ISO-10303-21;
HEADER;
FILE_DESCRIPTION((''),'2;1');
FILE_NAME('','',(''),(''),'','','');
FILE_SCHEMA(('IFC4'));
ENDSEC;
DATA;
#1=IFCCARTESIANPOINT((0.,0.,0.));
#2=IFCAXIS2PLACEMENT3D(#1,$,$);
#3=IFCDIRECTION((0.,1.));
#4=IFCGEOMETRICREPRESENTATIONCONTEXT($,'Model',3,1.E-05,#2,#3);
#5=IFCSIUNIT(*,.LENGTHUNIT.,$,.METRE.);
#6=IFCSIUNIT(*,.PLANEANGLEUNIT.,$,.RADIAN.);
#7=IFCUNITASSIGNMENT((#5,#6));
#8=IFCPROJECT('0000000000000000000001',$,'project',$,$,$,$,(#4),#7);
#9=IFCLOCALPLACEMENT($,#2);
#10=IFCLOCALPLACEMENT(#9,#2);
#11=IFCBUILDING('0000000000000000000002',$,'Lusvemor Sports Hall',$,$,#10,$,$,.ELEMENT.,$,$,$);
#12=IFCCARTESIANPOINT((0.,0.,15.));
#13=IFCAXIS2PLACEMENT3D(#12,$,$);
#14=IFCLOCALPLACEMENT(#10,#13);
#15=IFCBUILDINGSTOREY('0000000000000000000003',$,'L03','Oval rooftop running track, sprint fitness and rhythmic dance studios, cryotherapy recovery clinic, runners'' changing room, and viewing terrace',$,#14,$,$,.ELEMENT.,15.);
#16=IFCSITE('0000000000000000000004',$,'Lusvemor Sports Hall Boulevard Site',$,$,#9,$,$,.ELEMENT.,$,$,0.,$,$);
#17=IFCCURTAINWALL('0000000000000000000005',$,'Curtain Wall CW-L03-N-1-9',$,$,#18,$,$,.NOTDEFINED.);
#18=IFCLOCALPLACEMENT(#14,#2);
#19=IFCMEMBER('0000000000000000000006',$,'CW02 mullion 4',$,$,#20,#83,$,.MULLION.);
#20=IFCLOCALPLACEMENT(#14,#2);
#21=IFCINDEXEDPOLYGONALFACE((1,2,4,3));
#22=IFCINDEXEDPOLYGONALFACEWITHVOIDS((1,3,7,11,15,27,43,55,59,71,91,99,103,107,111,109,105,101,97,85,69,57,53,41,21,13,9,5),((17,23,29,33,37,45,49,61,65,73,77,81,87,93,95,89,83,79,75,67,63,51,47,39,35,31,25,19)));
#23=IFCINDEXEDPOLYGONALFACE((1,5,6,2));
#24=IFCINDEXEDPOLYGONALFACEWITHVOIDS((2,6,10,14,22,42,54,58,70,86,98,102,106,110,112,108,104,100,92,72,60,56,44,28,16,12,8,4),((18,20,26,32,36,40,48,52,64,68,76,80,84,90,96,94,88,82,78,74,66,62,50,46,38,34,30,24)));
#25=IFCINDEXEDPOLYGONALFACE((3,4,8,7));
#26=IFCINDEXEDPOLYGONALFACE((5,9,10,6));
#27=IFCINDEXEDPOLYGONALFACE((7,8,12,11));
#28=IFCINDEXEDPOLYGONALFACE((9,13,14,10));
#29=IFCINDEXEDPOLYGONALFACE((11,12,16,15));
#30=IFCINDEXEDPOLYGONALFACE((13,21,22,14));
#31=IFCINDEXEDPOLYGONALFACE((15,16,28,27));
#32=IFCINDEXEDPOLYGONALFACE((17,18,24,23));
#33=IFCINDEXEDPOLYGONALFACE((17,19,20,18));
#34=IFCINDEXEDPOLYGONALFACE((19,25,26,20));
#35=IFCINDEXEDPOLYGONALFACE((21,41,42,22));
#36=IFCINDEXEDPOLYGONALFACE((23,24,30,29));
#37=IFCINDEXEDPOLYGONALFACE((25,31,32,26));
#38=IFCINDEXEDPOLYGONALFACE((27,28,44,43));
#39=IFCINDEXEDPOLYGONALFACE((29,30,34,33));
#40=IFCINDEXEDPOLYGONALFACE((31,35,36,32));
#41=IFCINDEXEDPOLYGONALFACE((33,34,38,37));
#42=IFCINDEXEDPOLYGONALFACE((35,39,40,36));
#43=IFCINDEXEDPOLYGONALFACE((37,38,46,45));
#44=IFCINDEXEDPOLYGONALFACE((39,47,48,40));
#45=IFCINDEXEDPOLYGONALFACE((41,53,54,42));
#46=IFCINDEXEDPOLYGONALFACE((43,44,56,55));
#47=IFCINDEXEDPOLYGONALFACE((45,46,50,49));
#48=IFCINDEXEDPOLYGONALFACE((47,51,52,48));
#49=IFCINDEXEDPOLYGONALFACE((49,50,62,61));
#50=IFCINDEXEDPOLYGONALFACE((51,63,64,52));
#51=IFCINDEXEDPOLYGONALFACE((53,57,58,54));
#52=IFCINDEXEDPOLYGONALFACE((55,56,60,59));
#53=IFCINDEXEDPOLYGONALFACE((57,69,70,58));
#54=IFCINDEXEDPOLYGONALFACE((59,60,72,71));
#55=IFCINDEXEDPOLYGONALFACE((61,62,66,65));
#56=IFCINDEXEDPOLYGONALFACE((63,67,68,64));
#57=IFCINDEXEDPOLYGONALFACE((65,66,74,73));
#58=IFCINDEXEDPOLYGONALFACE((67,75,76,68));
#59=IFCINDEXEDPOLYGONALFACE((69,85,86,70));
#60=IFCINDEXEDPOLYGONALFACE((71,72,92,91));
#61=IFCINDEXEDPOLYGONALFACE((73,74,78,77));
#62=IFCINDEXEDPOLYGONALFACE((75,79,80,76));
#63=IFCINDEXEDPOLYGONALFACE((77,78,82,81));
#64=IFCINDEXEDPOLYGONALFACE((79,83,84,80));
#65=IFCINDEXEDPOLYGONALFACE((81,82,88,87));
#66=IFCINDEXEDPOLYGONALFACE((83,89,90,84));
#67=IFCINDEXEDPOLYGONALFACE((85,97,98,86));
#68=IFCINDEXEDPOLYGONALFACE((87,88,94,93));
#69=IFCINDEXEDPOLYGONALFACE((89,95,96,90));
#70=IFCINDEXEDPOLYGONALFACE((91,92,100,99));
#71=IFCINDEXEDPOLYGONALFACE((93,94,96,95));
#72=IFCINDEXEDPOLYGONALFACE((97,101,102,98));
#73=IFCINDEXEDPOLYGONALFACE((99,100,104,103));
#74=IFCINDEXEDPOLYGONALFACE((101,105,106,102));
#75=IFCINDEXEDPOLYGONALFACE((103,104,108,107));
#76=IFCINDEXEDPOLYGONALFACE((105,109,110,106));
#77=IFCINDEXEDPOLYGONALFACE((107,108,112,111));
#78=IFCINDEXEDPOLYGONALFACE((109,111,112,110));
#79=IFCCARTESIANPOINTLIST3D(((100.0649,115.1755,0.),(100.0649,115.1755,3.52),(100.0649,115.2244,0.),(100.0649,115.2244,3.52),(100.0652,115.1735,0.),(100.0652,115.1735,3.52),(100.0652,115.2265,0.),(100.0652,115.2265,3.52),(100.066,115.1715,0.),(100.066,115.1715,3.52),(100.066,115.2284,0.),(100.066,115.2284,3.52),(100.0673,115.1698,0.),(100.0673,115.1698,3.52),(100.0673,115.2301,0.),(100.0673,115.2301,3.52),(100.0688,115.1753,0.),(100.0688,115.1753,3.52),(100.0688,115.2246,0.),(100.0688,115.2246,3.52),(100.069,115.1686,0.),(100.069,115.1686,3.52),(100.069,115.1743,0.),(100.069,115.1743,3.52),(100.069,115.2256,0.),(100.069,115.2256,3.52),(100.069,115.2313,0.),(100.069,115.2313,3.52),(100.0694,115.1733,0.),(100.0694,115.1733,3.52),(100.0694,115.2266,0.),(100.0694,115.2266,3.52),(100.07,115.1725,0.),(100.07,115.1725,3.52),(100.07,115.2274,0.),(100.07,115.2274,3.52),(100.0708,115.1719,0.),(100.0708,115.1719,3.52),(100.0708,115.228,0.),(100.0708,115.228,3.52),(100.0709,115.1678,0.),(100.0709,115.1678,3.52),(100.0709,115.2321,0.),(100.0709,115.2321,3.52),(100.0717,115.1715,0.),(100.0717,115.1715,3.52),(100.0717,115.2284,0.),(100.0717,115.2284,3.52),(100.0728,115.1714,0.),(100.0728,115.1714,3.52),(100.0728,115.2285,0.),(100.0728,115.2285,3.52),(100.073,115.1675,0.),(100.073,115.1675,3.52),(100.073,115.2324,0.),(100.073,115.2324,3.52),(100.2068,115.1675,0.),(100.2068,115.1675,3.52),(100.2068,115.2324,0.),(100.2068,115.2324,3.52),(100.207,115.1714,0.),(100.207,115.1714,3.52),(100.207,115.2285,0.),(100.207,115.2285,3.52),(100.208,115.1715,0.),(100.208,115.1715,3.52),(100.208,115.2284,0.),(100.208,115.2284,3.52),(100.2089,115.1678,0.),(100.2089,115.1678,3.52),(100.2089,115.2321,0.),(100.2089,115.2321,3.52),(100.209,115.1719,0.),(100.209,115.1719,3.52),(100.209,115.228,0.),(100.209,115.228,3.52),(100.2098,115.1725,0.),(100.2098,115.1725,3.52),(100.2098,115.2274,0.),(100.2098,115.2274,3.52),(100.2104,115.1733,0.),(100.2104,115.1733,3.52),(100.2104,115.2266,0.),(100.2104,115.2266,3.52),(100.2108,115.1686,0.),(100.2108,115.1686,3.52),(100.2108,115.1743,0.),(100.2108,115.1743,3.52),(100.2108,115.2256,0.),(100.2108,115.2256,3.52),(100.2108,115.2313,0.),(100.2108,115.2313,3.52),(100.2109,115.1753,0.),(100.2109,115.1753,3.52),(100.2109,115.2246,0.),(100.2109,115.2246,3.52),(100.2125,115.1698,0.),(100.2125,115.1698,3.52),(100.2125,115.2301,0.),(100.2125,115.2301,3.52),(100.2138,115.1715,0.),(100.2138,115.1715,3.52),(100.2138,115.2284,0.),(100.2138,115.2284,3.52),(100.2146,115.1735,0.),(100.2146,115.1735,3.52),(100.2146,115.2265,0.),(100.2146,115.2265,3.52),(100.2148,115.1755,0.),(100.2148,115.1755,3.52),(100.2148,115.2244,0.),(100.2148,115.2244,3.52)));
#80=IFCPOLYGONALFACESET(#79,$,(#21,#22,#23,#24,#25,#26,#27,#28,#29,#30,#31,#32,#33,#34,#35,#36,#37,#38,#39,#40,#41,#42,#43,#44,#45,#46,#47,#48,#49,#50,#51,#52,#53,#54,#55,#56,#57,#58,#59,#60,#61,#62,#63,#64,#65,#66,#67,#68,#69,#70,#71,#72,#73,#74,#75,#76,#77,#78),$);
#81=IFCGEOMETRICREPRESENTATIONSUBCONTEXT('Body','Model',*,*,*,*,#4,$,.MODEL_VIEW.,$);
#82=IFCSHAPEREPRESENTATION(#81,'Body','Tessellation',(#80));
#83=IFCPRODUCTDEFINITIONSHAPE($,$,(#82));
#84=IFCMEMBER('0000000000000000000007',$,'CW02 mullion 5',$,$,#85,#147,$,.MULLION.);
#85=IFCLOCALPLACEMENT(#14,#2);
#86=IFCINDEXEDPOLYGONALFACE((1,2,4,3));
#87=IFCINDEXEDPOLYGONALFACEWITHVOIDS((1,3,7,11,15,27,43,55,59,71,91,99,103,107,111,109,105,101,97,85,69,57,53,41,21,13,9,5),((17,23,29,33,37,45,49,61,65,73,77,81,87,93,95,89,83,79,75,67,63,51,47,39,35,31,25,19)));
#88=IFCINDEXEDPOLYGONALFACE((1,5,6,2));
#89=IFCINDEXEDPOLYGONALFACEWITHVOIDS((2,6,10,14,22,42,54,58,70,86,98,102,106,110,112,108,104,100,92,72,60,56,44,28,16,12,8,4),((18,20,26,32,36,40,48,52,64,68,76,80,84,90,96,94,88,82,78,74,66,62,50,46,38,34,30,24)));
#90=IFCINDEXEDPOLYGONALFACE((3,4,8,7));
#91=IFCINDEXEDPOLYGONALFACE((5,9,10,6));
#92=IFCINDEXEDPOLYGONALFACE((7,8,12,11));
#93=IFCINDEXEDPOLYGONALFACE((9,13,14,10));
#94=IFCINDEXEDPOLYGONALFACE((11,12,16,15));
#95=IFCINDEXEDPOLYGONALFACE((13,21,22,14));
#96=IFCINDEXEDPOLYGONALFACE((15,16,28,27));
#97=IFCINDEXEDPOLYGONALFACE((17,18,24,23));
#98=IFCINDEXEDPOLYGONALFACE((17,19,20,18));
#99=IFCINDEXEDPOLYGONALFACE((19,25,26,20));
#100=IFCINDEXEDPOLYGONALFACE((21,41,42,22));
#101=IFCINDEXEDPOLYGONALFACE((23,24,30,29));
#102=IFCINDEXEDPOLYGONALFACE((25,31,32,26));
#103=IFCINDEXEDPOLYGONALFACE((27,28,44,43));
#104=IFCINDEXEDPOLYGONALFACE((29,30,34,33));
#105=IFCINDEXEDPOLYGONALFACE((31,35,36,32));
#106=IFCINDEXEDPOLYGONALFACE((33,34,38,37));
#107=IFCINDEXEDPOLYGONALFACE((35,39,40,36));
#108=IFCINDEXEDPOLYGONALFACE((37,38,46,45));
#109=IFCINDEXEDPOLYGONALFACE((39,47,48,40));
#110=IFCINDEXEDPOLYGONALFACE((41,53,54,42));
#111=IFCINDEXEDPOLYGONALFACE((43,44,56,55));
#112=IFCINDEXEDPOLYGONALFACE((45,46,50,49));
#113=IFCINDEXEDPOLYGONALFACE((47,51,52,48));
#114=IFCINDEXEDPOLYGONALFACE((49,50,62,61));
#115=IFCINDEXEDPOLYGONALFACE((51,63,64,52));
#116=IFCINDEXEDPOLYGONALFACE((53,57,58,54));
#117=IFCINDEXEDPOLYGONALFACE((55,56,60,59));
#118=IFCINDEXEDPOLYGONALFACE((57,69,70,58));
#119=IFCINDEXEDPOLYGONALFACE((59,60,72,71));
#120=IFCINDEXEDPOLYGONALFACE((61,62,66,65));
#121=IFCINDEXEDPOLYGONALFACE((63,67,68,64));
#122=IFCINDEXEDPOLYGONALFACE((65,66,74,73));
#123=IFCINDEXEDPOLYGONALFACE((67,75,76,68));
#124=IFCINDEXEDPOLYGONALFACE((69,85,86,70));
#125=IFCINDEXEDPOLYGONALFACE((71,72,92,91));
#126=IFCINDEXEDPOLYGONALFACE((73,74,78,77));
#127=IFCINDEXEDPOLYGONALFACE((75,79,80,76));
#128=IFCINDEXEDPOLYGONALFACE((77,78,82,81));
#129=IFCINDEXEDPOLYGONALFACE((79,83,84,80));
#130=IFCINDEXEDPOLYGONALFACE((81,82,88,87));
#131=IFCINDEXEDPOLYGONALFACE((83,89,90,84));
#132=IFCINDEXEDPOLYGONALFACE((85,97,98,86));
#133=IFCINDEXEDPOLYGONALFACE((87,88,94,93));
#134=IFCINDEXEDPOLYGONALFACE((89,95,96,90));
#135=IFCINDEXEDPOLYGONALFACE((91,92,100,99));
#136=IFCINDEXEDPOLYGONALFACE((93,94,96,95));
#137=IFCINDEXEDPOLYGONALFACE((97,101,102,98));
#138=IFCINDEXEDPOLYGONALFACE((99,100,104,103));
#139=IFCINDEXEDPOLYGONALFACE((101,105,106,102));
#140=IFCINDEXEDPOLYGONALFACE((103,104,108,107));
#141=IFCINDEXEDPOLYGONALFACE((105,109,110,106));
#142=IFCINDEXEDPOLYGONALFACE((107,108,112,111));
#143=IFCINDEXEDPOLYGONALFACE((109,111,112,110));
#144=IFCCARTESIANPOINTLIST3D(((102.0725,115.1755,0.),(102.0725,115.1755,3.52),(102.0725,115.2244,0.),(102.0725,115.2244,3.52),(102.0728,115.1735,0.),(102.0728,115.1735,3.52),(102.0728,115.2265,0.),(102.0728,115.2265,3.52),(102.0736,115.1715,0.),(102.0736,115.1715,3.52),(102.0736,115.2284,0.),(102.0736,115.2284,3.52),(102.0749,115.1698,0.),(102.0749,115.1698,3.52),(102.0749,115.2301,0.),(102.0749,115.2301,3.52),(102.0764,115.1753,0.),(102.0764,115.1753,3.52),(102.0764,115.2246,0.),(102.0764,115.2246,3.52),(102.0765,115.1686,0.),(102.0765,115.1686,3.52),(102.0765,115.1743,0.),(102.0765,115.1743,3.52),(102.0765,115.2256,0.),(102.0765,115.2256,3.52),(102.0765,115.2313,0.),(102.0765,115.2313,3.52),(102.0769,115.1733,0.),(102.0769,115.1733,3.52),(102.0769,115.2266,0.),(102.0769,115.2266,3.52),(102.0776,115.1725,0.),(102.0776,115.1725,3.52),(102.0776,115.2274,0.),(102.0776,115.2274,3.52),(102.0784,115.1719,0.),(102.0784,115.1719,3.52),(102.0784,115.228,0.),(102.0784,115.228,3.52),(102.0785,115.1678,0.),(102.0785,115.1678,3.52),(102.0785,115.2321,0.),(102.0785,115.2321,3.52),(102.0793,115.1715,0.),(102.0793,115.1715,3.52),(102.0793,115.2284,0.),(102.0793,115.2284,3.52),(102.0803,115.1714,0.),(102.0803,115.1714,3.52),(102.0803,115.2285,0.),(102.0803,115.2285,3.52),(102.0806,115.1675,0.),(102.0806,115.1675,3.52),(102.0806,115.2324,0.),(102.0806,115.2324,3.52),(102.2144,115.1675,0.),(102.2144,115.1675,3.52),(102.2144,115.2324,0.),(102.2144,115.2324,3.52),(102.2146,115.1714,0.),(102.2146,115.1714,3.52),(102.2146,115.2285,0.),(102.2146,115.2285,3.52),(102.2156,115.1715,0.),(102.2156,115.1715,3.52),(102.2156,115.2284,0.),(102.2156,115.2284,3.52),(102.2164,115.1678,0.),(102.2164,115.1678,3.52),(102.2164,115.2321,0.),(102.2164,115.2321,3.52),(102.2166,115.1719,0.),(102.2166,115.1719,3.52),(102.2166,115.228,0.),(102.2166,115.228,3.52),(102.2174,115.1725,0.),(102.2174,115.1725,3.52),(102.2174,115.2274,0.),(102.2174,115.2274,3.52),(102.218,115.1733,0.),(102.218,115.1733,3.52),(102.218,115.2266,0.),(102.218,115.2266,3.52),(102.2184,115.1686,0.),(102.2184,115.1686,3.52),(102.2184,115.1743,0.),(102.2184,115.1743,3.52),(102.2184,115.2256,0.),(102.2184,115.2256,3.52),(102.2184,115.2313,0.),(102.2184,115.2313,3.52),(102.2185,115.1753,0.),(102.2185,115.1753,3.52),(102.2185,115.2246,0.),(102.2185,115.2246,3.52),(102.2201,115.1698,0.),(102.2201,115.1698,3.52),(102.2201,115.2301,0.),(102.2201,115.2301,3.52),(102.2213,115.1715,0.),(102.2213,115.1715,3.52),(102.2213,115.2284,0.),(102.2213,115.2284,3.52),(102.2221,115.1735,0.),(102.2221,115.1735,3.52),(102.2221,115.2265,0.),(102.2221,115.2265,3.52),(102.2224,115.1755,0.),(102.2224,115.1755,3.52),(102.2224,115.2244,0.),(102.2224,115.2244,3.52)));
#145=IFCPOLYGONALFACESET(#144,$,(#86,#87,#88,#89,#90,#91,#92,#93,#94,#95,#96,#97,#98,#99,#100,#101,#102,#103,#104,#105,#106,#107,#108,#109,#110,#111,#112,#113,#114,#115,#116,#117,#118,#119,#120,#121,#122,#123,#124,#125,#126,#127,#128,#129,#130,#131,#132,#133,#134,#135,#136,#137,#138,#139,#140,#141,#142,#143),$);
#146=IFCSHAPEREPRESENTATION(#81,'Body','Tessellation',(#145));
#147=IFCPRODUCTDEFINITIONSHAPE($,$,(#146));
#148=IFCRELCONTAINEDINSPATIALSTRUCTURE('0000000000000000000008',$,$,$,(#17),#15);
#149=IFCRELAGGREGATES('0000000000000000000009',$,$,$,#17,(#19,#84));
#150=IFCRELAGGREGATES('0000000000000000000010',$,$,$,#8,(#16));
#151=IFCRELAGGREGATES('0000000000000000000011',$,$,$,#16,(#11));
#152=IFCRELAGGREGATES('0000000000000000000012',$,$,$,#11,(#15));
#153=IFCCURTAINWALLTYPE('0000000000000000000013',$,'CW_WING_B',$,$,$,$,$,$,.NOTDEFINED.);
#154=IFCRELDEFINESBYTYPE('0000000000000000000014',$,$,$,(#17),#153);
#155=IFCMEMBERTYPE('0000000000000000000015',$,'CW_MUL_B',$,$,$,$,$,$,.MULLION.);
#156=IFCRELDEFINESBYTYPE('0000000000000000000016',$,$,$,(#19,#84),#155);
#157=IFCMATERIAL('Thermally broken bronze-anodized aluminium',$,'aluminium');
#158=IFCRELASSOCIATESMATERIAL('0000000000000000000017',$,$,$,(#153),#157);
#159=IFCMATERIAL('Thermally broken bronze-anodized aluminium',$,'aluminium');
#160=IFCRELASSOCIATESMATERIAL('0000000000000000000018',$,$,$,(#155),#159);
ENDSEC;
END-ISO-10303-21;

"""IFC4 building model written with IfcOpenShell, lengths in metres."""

from ifc_helpers import new_model, si_unit, direction, frame, origin, origin_2d, place, context, subcontext, project, spatial, hollow_rectangle, extrude, material, material_profile, profile_set, type_object, element, aggregate, save


model = new_model("IFC4")

# Units and contexts
model_context = context("Model", 3, precision=1e-05, world=origin(), true_north=direction((0.0, 1.0)))
body_context = subcontext(model_context, "Body", "Model", "MODEL_VIEW")
ifc_project = project(units=[si_unit("LENGTHUNIT", "METRE"), si_unit("PLANEANGLEUNIT", "RADIAN")], contexts=[model_context])

# Site, building, storey
site_placement = place(None, origin())
site = spatial("IfcSite", under=ifc_project, at=site_placement, Name="Lusvemor Sports Hall Boulevard Site", CompositionType="ELEMENT", RefElevation=0.0)
building_placement = place(site_placement, origin())
building = spatial("IfcBuilding", under=site, at=building_placement, Name="Lusvemor Sports Hall", CompositionType="ELEMENT")
storey_placement = place(building_placement, frame((0.0, 0.0, 15.0)))
storey = spatial("IfcBuildingStorey", under=building, at=storey_placement, Name="L03", Description="Oval rooftop running track, sprint fitness and rhythmic dance studios, cryotherapy recovery clinic, runners' changing room, and viewing terrace", CompositionType="ELEMENT", Elevation=15.0)

# Curtain wall, members
ifc_material_1 = material(Name="Thermally broken bronze-anodized aluminium", Category="aluminium")
curtain_wall_type = type_object("IfcCurtainWallType", Name="CW_WING_B", PredefinedType="NOTDEFINED", material=ifc_material_1)
curtain_wall_placement = place(storey_placement, origin())
curtain_wall = element("IfcCurtainWall", 1, at=curtain_wall_placement, inside=storey, type_object=curtain_wall_type, Name="Curtain Wall CW-L03-N-1-9", PredefinedType="NOTDEFINED")
ifc_material_2 = material(Name="Thermally broken bronze-anodized aluminium", Category="aluminium")
ifc_material_profile_1 = material_profile(ifc_material_2, hollow_rectangle(XDim=0.0649, YDim=0.1499, WallThickness=0.0039, InnerFilletRadius=0.0039, OuterFilletRadius=0.0081, at=origin_2d()), Name="CWMUL150x65x4")
ifc_profile_set_1 = profile_set([ifc_material_profile_1], Name="Thermally broken bronze-anodized aluminium")
member_type_1 = type_object("IfcMemberType", Name="CW_MUL_B", PredefinedType="MULLION", material=ifc_profile_set_1)
member_1_placement = place(storey_placement, frame((100.1399, 115.2, 0.0), z_axis=(0.0, 0.0, 1.0), x_axis=(0.0, 1.0, 0.0)))
member_1 = element("IfcMember", 2, at=member_1_placement, type_object=member_type_1, Name="CW02 mullion 4", PredefinedType="MULLION", context=body_context, shape_type="SweptSolid", body=[
    extrude(hollow_rectangle(XDim=0.0649, YDim=0.1499, WallThickness=0.0039, InnerFilletRadius=0.0039, OuterFilletRadius=0.0081, at=origin_2d()), origin(), (0.0, 0.0, 1.0), 3.52),
])
member_2_placement = place(storey_placement, frame((102.1475, 115.2, 0.0), z_axis=(0.0, 0.0, 1.0), x_axis=(0.0, 1.0, 0.0)))
member_2 = element("IfcMember", 3, at=member_2_placement, type_object=member_type_1, Name="CW02 mullion 5", PredefinedType="MULLION", context=body_context, shape_type="SweptSolid", body=[
    extrude(hollow_rectangle(XDim=0.0649, YDim=0.1499, WallThickness=0.0039, InnerFilletRadius=0.0039, OuterFilletRadius=0.0081, at=origin_2d()), origin(), (0.0, 0.0, 1.0), 3.52),
])

aggregate(curtain_wall, [member_1, member_2])

save(model, "model.ifc")
